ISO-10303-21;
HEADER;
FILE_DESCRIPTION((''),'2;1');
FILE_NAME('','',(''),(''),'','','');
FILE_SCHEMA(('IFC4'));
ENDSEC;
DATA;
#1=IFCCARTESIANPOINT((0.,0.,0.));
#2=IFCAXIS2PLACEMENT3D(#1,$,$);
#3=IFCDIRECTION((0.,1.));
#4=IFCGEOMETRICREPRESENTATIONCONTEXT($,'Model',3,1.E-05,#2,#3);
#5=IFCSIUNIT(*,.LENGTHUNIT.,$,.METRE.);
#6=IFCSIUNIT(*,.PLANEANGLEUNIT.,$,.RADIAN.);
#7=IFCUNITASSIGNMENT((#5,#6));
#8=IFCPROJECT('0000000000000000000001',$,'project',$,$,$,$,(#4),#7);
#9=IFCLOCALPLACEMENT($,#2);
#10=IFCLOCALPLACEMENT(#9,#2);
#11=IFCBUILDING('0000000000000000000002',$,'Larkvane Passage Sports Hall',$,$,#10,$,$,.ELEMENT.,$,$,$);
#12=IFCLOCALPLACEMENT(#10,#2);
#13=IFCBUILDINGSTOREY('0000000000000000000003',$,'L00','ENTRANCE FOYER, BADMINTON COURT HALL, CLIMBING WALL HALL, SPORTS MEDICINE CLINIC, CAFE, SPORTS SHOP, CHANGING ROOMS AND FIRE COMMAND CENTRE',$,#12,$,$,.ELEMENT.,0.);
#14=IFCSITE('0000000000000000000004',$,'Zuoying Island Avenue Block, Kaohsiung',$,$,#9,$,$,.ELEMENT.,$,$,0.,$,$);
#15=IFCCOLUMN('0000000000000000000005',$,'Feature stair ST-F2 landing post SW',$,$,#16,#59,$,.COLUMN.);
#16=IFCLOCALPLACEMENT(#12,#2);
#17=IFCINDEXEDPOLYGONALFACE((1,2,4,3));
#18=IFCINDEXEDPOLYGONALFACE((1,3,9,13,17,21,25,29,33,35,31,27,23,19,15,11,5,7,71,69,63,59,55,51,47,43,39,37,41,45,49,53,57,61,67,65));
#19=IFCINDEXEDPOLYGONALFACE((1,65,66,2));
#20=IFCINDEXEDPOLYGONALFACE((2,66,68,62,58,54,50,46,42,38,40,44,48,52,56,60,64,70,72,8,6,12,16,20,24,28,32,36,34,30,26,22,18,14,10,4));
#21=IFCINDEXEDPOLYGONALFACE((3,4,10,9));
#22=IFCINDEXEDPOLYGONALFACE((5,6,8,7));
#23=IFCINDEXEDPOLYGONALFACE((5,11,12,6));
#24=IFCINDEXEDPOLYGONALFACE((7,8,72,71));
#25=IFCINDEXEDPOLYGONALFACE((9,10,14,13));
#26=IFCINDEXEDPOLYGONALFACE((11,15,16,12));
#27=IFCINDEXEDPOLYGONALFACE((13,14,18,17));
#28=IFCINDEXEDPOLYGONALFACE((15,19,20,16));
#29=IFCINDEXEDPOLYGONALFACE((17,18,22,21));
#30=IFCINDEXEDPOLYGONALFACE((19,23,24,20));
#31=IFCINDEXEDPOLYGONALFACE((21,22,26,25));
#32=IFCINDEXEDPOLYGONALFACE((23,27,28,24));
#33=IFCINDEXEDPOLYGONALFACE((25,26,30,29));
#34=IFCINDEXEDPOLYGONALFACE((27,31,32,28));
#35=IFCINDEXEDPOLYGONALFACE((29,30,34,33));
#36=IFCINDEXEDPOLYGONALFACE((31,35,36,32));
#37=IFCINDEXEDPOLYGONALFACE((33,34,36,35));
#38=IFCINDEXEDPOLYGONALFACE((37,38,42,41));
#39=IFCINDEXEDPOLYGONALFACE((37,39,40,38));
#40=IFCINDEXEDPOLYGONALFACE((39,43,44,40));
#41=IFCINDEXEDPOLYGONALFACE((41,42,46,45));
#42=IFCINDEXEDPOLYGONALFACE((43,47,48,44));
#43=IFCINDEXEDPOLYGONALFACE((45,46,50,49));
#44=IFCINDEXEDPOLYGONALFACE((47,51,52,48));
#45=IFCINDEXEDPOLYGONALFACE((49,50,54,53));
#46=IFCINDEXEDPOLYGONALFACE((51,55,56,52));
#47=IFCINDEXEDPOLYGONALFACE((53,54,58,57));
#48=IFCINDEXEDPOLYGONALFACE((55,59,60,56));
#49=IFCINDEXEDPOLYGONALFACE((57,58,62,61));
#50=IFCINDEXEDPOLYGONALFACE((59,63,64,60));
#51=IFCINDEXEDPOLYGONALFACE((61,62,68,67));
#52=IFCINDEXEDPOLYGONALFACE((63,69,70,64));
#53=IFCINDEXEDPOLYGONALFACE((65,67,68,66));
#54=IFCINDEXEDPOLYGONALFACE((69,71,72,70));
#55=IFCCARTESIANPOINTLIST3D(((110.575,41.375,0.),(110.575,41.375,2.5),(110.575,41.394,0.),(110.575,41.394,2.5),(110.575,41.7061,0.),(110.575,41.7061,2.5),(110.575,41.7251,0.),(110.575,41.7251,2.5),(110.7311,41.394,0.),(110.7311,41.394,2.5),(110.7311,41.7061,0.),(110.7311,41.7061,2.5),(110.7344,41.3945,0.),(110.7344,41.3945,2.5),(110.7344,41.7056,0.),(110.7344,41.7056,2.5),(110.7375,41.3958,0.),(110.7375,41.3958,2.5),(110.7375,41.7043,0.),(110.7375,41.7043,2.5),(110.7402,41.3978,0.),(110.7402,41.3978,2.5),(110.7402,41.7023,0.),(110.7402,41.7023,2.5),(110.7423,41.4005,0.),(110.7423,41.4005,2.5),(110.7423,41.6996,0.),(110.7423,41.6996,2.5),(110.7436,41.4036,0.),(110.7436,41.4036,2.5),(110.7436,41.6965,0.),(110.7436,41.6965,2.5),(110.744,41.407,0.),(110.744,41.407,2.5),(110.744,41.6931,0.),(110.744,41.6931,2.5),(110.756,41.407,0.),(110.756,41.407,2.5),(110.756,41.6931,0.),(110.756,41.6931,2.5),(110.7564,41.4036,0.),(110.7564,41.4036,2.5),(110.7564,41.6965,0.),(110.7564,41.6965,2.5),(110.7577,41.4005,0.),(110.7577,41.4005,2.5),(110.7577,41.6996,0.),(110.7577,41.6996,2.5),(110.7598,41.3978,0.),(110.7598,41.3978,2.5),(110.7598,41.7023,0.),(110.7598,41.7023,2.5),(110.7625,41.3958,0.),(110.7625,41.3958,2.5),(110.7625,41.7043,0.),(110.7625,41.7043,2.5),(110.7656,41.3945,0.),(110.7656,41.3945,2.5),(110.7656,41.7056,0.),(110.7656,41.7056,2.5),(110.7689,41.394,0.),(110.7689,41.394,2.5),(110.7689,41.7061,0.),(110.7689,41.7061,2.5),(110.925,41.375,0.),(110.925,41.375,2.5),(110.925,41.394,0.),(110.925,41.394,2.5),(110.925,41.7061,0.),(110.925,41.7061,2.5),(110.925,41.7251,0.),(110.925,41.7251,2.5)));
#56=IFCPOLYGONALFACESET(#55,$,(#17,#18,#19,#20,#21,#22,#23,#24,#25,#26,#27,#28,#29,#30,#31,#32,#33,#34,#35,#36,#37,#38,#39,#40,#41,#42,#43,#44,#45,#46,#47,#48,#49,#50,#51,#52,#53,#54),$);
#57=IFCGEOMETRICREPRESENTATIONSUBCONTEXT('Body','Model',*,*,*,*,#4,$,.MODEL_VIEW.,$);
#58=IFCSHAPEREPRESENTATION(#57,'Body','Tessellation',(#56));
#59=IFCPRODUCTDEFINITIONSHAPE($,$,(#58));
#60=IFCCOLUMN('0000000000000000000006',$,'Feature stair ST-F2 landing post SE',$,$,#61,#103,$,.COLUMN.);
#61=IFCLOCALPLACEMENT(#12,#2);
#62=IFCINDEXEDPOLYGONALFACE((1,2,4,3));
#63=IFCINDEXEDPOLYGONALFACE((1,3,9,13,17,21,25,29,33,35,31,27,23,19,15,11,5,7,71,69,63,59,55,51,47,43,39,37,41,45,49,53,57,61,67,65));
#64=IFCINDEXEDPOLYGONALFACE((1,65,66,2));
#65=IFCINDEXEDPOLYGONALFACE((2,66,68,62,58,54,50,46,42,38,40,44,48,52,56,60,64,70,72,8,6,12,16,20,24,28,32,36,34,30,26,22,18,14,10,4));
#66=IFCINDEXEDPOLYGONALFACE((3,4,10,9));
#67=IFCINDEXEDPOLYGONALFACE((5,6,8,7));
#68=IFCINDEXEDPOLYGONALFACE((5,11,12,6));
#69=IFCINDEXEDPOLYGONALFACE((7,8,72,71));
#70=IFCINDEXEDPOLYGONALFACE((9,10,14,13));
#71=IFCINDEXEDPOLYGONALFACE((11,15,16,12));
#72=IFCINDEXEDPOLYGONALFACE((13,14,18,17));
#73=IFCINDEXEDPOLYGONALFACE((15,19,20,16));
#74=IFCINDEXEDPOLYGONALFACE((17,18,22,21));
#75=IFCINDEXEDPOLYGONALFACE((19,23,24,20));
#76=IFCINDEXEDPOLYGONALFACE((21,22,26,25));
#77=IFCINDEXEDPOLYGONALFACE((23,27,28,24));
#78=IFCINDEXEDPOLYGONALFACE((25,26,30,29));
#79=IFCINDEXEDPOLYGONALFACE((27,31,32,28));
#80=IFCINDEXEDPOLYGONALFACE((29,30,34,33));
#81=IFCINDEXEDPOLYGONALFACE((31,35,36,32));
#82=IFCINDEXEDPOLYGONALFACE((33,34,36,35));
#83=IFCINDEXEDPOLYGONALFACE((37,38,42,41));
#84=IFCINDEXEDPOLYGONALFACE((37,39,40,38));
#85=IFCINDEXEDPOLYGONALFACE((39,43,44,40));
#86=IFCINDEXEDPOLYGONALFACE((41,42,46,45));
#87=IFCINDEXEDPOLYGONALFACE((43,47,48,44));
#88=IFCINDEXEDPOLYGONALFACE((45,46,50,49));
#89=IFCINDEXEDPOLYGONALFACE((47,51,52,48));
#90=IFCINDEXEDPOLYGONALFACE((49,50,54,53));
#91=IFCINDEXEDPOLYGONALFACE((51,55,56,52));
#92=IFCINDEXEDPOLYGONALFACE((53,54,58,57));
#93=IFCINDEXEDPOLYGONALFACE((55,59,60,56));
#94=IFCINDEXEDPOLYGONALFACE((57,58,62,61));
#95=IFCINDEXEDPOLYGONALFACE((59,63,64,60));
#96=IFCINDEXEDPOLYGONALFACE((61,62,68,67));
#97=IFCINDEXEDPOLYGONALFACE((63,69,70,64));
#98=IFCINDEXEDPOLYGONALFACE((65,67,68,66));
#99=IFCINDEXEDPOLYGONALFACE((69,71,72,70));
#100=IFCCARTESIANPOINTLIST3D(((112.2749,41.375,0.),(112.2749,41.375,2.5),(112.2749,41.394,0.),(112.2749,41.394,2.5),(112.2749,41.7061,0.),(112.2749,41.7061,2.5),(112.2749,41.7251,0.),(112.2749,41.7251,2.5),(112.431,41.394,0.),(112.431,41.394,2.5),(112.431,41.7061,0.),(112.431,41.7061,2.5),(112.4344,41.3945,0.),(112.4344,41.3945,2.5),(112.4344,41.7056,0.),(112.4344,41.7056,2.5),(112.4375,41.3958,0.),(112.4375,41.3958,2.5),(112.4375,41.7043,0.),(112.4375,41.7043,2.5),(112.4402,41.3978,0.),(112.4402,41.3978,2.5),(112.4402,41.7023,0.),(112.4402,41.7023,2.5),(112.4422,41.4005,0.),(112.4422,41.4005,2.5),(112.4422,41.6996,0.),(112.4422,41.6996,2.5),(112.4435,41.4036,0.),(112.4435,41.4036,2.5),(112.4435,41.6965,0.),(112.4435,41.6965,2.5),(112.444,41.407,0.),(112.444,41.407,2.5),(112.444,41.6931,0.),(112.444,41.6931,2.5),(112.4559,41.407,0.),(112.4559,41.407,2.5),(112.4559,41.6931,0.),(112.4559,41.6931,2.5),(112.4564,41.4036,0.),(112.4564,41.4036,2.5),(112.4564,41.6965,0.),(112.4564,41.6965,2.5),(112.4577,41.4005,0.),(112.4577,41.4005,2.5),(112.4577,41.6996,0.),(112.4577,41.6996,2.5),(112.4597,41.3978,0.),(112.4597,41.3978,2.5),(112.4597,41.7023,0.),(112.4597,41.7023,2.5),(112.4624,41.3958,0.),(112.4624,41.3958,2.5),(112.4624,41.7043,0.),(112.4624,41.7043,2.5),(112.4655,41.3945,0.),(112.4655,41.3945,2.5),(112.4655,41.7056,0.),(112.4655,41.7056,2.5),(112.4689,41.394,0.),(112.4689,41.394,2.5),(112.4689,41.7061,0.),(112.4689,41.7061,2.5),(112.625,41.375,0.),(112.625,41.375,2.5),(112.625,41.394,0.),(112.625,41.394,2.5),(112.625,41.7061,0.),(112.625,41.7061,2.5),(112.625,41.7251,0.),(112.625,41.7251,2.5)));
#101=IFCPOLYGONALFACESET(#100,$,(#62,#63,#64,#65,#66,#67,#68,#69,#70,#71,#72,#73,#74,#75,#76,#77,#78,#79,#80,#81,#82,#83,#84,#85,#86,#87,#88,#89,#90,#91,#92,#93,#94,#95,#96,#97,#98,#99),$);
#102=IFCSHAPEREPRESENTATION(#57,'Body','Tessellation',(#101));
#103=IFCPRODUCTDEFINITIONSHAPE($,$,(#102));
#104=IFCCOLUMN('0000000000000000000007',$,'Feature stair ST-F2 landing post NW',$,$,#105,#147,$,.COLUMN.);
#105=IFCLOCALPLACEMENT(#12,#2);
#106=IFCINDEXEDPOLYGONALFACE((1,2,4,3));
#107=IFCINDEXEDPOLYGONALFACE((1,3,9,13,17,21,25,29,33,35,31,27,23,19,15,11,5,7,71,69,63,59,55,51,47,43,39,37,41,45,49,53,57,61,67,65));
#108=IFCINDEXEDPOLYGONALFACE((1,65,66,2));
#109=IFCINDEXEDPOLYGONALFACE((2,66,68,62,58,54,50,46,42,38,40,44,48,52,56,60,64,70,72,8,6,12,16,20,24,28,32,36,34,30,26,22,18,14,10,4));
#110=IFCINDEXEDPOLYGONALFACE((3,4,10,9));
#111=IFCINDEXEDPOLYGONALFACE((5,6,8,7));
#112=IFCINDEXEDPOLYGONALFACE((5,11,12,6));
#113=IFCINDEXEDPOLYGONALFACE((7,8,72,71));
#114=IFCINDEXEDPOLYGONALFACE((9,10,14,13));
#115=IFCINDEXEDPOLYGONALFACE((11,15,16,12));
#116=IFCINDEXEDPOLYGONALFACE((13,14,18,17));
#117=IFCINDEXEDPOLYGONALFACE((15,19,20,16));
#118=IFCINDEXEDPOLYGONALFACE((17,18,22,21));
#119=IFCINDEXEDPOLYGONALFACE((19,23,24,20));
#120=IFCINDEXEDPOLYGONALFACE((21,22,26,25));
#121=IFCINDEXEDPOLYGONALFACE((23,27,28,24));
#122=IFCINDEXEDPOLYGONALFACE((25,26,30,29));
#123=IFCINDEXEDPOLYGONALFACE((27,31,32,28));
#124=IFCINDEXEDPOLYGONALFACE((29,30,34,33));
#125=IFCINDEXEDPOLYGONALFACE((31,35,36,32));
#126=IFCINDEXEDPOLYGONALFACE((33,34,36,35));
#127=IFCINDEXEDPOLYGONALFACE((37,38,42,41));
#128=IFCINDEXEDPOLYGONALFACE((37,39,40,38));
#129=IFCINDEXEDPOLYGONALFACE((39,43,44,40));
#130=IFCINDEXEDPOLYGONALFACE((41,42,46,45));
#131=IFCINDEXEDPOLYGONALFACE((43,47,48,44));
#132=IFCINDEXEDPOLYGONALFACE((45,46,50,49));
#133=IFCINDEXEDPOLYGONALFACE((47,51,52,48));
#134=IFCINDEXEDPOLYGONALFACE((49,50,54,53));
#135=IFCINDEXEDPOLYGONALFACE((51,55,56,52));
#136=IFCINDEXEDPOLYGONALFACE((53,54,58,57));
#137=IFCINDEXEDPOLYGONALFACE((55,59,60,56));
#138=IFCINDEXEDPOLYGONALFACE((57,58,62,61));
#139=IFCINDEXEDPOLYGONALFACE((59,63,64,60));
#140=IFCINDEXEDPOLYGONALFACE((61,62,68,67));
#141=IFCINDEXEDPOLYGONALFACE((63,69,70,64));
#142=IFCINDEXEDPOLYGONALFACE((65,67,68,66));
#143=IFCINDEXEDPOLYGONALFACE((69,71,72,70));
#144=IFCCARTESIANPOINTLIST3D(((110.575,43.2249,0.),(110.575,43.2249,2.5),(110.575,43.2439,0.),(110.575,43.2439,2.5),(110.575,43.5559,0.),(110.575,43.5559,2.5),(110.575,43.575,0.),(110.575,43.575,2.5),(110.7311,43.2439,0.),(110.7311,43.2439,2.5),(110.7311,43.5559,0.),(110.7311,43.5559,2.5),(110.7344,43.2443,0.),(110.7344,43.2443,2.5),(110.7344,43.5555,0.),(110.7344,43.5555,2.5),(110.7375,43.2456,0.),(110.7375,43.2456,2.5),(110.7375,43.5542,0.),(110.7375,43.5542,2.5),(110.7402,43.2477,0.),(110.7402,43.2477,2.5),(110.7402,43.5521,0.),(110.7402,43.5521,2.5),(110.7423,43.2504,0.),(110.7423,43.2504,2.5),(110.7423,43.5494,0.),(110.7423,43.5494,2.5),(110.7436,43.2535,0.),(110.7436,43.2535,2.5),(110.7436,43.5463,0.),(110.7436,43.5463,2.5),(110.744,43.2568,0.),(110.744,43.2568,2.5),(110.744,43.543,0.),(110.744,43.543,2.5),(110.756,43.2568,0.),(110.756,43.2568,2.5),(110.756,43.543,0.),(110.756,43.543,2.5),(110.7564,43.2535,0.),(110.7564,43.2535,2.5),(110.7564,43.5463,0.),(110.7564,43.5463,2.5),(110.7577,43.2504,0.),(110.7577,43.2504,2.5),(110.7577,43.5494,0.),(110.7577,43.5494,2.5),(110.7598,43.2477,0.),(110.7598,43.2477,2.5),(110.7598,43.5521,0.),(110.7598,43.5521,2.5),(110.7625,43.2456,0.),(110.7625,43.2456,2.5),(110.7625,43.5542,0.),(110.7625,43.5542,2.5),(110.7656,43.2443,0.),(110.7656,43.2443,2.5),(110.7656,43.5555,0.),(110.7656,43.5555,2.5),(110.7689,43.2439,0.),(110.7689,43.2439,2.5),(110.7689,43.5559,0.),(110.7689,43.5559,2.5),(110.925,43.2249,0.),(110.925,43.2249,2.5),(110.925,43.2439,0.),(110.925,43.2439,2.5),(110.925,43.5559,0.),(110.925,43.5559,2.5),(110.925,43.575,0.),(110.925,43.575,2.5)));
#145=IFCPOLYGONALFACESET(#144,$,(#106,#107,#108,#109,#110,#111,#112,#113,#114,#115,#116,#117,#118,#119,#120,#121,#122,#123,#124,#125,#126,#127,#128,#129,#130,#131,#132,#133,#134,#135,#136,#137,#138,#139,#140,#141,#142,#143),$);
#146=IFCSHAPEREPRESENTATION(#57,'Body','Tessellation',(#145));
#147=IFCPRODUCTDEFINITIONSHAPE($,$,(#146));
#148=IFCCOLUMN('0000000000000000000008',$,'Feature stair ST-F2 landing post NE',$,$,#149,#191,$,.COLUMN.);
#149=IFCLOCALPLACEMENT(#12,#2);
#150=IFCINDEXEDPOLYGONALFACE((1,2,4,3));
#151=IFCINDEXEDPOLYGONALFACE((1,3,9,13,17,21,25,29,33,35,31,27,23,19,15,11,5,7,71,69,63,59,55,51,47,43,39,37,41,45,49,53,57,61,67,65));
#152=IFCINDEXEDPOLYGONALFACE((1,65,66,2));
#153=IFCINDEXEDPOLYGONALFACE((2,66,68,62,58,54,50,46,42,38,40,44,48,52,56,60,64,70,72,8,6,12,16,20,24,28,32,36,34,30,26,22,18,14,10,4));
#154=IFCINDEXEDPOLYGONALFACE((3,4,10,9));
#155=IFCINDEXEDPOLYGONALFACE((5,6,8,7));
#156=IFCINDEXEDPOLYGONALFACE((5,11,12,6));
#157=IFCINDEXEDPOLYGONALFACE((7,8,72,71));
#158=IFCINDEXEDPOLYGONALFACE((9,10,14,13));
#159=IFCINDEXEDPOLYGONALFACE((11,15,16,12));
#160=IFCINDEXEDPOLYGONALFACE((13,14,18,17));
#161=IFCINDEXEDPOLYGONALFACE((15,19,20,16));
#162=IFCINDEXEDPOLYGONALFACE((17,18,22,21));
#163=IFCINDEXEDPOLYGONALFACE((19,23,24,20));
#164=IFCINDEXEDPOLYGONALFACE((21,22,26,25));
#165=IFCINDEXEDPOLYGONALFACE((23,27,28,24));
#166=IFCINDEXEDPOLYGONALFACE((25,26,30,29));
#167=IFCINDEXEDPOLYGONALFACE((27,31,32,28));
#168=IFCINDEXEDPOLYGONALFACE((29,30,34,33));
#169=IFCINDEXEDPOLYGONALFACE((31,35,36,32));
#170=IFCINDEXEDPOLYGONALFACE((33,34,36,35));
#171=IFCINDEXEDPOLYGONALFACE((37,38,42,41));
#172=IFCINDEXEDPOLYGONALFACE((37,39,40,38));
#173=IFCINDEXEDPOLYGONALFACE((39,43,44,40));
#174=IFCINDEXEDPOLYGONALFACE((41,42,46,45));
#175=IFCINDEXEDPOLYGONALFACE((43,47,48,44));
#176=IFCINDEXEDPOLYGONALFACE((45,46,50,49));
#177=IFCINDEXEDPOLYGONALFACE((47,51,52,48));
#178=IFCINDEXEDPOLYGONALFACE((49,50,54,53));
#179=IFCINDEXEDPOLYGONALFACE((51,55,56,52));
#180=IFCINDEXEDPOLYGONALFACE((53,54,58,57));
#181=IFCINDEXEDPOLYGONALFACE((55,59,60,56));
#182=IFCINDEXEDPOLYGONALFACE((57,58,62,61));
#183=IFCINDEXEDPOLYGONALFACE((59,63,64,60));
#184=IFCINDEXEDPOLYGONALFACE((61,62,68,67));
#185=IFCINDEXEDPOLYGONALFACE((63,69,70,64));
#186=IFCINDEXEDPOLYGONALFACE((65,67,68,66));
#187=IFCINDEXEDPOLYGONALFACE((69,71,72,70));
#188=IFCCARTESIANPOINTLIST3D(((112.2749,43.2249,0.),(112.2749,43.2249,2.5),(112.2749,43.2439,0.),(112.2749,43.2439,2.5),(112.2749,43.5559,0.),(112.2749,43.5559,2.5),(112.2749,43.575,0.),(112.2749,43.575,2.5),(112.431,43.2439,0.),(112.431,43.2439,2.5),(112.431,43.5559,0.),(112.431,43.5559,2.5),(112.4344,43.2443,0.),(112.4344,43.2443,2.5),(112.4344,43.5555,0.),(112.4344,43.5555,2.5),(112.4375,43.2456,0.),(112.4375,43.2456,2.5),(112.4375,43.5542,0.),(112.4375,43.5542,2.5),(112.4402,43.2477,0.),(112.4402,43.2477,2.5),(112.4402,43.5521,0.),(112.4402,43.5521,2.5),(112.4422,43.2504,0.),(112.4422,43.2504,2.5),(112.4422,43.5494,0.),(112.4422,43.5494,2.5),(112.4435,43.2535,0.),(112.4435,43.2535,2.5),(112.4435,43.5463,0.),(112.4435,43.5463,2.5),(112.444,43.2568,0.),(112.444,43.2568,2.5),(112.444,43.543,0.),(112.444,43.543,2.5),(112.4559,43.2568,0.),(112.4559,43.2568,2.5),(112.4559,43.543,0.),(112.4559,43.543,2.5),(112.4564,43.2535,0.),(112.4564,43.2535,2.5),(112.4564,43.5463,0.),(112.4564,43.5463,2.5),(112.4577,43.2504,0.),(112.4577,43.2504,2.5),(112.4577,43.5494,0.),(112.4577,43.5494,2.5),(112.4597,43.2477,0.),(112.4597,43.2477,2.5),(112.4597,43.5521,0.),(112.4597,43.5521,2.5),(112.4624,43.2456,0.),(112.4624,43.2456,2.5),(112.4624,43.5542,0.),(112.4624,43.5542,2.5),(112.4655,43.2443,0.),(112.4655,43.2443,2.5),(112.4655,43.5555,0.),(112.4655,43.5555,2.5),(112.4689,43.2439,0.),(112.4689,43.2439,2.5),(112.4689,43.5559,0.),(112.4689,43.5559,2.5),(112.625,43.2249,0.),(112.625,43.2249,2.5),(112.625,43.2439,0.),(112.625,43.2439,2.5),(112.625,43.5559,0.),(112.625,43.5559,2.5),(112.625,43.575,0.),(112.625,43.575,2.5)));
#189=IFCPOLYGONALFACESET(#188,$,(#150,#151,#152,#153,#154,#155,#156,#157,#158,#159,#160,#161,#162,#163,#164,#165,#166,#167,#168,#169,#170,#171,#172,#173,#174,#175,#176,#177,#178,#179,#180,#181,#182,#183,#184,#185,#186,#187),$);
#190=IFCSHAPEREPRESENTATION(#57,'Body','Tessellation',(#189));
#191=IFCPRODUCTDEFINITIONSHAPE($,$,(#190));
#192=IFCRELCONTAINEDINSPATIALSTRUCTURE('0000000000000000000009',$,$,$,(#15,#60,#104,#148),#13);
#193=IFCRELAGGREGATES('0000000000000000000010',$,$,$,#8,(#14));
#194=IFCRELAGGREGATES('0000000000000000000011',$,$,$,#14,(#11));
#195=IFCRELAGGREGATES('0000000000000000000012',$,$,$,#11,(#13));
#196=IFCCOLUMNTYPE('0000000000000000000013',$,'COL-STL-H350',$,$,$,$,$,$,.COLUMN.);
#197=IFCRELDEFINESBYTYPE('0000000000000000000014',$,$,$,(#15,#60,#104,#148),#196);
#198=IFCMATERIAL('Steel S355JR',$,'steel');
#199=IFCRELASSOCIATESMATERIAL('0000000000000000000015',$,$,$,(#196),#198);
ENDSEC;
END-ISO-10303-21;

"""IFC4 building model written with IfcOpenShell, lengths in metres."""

from ifc_helpers import new_model, si_unit, direction, frame, origin, origin_2d, place, context, subcontext, project, spatial, i_section, extrude, material, material_profile, profile_set, type_object, element, save


model = new_model("IFC4")

# Units and contexts
model_context = context("Model", 3, precision=1e-05, world=origin(), true_north=direction((0.0, 1.0)))
body_context = subcontext(model_context, "Body", "Model", "MODEL_VIEW")
ifc_project = project(units=[si_unit("LENGTHUNIT", "METRE"), si_unit("PLANEANGLEUNIT", "RADIAN")], contexts=[model_context])

# Site, building, storey
site_placement = place(None, origin())
site = spatial("IfcSite", under=ifc_project, at=site_placement, Name="Zuoying Island Avenue Block, Kaohsiung", CompositionType="ELEMENT", RefElevation=0.0)
building_placement = place(site_placement, origin())
building = spatial("IfcBuilding", under=site, at=building_placement, Name="Larkvane Passage Sports Hall", CompositionType="ELEMENT")
storey_placement = place(building_placement, origin())
storey = spatial("IfcBuildingStorey", under=building, at=storey_placement, Name="L00", Description="ENTRANCE FOYER, BADMINTON COURT HALL, CLIMBING WALL HALL, SPORTS MEDICINE CLINIC, CAFE, SPORTS SHOP, CHANGING ROOMS AND FIRE COMMAND CENTRE", CompositionType="ELEMENT", Elevation=0.0)

# Columns
ifc_material_1 = material(Name="Steel S355JR", Category="steel")
ifc_material_profile_1 = material_profile(ifc_material_1, i_section(OverallWidth=0.3501, OverallDepth=0.3501, WebThickness=0.012, FlangeThickness=0.019, FilletRadius=0.0129, at=origin_2d()), Name="H-350x350x12x19")
ifc_profile_set_1 = profile_set([ifc_material_profile_1], Name="Steel S355JR")
column_type_1 = type_object("IfcColumnType", Name="COL-STL-H350", PredefinedType="COLUMN", material=ifc_profile_set_1)
for number, where, z_axis, x_axis, name in (
    (1, (110.75, 41.55, 0.0), (0.0, 0.0, 1.0), (1.0, 0.0, 0.0), "Feature stair ST-F2 landing post SW"),
    (2, (112.45, 41.55, 0.0), (0.0, 0.0, 1.0), (1.0, 0.0, 0.0), "Feature stair ST-F2 landing post SE"),
    (3, (110.75, 43.3999, 0.0), (0.0, 0.0, 1.0), (1.0, 0.0, 0.0), "Feature stair ST-F2 landing post NW"),
    (4, (112.45, 43.3999, 0.0), (0.0, 0.0, 1.0), (1.0, 0.0, 0.0), "Feature stair ST-F2 landing post NE"),
):
    element("IfcColumn", number, at=place(storey_placement, frame(where, z_axis=z_axis, x_axis=x_axis)), inside=storey, type_object=column_type_1, Name=name, PredefinedType="COLUMN", context=body_context, shape_type="SweptSolid", body=[
        extrude(i_section(OverallWidth=0.3501, OverallDepth=0.3501, WebThickness=0.012, FlangeThickness=0.019, FilletRadius=0.0129, at=origin_2d()), origin(), (0.0, 0.0, 1.0), 2.5),
    ])

save(model, "model.ifc")
